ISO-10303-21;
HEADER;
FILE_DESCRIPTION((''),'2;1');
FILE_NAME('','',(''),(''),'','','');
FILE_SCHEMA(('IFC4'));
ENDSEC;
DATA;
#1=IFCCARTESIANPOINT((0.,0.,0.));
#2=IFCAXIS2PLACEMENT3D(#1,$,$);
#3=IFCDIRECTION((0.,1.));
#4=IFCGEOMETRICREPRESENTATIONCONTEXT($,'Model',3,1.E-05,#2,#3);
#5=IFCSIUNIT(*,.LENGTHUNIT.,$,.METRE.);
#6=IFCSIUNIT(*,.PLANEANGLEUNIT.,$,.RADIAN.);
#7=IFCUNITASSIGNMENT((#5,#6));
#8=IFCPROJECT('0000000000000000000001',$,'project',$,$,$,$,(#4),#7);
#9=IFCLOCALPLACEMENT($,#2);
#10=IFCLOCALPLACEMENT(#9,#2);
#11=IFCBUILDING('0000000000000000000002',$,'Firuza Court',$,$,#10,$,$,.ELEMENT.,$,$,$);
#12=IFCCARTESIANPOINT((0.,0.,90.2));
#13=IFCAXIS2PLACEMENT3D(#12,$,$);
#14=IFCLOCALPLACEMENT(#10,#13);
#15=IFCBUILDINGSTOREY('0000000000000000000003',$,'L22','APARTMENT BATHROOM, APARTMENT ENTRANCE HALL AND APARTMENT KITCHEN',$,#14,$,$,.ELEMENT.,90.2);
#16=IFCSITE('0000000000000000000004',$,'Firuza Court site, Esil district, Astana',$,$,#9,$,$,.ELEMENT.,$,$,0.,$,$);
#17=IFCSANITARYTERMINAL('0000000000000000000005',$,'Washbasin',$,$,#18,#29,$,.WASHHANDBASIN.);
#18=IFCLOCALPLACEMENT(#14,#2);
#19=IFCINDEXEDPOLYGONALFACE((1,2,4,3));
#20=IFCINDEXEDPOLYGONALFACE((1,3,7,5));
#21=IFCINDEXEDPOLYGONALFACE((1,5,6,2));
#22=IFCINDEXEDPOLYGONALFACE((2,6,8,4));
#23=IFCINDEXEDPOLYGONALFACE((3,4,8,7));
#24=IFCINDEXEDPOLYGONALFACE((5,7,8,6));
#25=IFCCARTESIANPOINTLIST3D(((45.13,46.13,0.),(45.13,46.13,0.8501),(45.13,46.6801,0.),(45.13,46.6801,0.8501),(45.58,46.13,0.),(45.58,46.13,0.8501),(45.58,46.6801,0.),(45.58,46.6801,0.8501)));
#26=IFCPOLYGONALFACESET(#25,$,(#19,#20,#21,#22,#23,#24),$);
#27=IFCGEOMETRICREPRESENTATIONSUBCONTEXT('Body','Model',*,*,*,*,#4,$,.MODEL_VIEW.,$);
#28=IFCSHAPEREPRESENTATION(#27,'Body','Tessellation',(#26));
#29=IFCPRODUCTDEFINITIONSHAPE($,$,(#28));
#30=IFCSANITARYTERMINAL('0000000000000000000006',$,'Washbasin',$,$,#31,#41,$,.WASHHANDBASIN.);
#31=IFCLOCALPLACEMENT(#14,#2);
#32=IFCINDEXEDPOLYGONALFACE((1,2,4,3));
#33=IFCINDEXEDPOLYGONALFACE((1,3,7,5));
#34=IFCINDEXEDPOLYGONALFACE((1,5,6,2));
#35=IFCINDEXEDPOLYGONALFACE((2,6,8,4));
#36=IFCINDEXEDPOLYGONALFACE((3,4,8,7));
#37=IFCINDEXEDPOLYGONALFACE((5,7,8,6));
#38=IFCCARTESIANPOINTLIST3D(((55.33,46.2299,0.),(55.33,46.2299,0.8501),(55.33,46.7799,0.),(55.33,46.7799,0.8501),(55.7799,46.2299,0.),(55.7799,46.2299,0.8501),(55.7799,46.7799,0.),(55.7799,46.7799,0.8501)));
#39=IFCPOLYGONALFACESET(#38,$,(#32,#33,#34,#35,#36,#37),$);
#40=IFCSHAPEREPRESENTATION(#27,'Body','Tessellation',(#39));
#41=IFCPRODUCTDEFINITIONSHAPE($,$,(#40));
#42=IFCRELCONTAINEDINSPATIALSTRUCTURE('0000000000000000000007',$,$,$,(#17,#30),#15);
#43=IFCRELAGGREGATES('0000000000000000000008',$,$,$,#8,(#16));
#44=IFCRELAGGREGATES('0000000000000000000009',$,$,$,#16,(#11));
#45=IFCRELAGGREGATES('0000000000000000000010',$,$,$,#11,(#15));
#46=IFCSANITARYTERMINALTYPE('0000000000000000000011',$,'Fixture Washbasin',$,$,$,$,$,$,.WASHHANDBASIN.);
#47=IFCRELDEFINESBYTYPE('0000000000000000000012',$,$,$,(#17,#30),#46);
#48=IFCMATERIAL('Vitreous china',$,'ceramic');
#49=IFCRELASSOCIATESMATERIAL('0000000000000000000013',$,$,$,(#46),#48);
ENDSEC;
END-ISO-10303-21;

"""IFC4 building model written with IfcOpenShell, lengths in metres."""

from ifc_helpers import new_model, si_unit, direction, frame, origin, origin_2d, place, context, subcontext, project, spatial, rectangle, extrude, material, type_object, element, save


model = new_model("IFC4")

# Units and contexts
model_context = context("Model", 3, precision=1e-05, world=origin(), true_north=direction((0.0, 1.0)))
body_context = subcontext(model_context, "Body", "Model", "MODEL_VIEW")
ifc_project = project(units=[si_unit("LENGTHUNIT", "METRE"), si_unit("PLANEANGLEUNIT", "RADIAN")], contexts=[model_context])

# Site, building, storey
site_placement = place(None, origin())
site = spatial("IfcSite", under=ifc_project, at=site_placement, Name="Firuza Court site, Esil district, Astana", CompositionType="ELEMENT", RefElevation=0.0)
building_placement = place(site_placement, origin())
building = spatial("IfcBuilding", under=site, at=building_placement, Name="Firuza Court", CompositionType="ELEMENT")
storey_placement = place(building_placement, frame((0.0, 0.0, 90.2)))
storey = spatial("IfcBuildingStorey", under=building, at=storey_placement, Name="L22", Description="APARTMENT BATHROOM, APARTMENT ENTRANCE HALL AND APARTMENT KITCHEN", CompositionType="ELEMENT", Elevation=90.2)

# Sanitary terminals
ifc_material_1 = material(Name="Vitreous china", Category="ceramic")
sanitary_terminal_type_1 = type_object("IfcSanitaryTerminalType", Name="Fixture Washbasin", PredefinedType="WASHHANDBASIN", material=ifc_material_1)
for number, where, z_axis, x_axis, name in (
    (1, (45.355, 46.405, 0.0), (0.0, 0.0, 1.0), (1.0, 0.0, 0.0), "Washbasin"),
    (2, (55.5549, 46.5049, 0.0), (0.0, 0.0, 1.0), (1.0, 0.0, 0.0), "Washbasin"),
):
    element("IfcSanitaryTerminal", number, at=place(storey_placement, frame(where, z_axis=z_axis, x_axis=x_axis)), inside=storey, type_object=sanitary_terminal_type_1, Name=name, PredefinedType="WASHHANDBASIN", context=body_context, shape_type="SweptSolid", body=[
        extrude(rectangle(XDim=0.45, YDim=0.55, at=origin_2d()), origin(), (0.0, 0.0, 1.0), 0.8501),
    ])

save(model, "model.ifc")
